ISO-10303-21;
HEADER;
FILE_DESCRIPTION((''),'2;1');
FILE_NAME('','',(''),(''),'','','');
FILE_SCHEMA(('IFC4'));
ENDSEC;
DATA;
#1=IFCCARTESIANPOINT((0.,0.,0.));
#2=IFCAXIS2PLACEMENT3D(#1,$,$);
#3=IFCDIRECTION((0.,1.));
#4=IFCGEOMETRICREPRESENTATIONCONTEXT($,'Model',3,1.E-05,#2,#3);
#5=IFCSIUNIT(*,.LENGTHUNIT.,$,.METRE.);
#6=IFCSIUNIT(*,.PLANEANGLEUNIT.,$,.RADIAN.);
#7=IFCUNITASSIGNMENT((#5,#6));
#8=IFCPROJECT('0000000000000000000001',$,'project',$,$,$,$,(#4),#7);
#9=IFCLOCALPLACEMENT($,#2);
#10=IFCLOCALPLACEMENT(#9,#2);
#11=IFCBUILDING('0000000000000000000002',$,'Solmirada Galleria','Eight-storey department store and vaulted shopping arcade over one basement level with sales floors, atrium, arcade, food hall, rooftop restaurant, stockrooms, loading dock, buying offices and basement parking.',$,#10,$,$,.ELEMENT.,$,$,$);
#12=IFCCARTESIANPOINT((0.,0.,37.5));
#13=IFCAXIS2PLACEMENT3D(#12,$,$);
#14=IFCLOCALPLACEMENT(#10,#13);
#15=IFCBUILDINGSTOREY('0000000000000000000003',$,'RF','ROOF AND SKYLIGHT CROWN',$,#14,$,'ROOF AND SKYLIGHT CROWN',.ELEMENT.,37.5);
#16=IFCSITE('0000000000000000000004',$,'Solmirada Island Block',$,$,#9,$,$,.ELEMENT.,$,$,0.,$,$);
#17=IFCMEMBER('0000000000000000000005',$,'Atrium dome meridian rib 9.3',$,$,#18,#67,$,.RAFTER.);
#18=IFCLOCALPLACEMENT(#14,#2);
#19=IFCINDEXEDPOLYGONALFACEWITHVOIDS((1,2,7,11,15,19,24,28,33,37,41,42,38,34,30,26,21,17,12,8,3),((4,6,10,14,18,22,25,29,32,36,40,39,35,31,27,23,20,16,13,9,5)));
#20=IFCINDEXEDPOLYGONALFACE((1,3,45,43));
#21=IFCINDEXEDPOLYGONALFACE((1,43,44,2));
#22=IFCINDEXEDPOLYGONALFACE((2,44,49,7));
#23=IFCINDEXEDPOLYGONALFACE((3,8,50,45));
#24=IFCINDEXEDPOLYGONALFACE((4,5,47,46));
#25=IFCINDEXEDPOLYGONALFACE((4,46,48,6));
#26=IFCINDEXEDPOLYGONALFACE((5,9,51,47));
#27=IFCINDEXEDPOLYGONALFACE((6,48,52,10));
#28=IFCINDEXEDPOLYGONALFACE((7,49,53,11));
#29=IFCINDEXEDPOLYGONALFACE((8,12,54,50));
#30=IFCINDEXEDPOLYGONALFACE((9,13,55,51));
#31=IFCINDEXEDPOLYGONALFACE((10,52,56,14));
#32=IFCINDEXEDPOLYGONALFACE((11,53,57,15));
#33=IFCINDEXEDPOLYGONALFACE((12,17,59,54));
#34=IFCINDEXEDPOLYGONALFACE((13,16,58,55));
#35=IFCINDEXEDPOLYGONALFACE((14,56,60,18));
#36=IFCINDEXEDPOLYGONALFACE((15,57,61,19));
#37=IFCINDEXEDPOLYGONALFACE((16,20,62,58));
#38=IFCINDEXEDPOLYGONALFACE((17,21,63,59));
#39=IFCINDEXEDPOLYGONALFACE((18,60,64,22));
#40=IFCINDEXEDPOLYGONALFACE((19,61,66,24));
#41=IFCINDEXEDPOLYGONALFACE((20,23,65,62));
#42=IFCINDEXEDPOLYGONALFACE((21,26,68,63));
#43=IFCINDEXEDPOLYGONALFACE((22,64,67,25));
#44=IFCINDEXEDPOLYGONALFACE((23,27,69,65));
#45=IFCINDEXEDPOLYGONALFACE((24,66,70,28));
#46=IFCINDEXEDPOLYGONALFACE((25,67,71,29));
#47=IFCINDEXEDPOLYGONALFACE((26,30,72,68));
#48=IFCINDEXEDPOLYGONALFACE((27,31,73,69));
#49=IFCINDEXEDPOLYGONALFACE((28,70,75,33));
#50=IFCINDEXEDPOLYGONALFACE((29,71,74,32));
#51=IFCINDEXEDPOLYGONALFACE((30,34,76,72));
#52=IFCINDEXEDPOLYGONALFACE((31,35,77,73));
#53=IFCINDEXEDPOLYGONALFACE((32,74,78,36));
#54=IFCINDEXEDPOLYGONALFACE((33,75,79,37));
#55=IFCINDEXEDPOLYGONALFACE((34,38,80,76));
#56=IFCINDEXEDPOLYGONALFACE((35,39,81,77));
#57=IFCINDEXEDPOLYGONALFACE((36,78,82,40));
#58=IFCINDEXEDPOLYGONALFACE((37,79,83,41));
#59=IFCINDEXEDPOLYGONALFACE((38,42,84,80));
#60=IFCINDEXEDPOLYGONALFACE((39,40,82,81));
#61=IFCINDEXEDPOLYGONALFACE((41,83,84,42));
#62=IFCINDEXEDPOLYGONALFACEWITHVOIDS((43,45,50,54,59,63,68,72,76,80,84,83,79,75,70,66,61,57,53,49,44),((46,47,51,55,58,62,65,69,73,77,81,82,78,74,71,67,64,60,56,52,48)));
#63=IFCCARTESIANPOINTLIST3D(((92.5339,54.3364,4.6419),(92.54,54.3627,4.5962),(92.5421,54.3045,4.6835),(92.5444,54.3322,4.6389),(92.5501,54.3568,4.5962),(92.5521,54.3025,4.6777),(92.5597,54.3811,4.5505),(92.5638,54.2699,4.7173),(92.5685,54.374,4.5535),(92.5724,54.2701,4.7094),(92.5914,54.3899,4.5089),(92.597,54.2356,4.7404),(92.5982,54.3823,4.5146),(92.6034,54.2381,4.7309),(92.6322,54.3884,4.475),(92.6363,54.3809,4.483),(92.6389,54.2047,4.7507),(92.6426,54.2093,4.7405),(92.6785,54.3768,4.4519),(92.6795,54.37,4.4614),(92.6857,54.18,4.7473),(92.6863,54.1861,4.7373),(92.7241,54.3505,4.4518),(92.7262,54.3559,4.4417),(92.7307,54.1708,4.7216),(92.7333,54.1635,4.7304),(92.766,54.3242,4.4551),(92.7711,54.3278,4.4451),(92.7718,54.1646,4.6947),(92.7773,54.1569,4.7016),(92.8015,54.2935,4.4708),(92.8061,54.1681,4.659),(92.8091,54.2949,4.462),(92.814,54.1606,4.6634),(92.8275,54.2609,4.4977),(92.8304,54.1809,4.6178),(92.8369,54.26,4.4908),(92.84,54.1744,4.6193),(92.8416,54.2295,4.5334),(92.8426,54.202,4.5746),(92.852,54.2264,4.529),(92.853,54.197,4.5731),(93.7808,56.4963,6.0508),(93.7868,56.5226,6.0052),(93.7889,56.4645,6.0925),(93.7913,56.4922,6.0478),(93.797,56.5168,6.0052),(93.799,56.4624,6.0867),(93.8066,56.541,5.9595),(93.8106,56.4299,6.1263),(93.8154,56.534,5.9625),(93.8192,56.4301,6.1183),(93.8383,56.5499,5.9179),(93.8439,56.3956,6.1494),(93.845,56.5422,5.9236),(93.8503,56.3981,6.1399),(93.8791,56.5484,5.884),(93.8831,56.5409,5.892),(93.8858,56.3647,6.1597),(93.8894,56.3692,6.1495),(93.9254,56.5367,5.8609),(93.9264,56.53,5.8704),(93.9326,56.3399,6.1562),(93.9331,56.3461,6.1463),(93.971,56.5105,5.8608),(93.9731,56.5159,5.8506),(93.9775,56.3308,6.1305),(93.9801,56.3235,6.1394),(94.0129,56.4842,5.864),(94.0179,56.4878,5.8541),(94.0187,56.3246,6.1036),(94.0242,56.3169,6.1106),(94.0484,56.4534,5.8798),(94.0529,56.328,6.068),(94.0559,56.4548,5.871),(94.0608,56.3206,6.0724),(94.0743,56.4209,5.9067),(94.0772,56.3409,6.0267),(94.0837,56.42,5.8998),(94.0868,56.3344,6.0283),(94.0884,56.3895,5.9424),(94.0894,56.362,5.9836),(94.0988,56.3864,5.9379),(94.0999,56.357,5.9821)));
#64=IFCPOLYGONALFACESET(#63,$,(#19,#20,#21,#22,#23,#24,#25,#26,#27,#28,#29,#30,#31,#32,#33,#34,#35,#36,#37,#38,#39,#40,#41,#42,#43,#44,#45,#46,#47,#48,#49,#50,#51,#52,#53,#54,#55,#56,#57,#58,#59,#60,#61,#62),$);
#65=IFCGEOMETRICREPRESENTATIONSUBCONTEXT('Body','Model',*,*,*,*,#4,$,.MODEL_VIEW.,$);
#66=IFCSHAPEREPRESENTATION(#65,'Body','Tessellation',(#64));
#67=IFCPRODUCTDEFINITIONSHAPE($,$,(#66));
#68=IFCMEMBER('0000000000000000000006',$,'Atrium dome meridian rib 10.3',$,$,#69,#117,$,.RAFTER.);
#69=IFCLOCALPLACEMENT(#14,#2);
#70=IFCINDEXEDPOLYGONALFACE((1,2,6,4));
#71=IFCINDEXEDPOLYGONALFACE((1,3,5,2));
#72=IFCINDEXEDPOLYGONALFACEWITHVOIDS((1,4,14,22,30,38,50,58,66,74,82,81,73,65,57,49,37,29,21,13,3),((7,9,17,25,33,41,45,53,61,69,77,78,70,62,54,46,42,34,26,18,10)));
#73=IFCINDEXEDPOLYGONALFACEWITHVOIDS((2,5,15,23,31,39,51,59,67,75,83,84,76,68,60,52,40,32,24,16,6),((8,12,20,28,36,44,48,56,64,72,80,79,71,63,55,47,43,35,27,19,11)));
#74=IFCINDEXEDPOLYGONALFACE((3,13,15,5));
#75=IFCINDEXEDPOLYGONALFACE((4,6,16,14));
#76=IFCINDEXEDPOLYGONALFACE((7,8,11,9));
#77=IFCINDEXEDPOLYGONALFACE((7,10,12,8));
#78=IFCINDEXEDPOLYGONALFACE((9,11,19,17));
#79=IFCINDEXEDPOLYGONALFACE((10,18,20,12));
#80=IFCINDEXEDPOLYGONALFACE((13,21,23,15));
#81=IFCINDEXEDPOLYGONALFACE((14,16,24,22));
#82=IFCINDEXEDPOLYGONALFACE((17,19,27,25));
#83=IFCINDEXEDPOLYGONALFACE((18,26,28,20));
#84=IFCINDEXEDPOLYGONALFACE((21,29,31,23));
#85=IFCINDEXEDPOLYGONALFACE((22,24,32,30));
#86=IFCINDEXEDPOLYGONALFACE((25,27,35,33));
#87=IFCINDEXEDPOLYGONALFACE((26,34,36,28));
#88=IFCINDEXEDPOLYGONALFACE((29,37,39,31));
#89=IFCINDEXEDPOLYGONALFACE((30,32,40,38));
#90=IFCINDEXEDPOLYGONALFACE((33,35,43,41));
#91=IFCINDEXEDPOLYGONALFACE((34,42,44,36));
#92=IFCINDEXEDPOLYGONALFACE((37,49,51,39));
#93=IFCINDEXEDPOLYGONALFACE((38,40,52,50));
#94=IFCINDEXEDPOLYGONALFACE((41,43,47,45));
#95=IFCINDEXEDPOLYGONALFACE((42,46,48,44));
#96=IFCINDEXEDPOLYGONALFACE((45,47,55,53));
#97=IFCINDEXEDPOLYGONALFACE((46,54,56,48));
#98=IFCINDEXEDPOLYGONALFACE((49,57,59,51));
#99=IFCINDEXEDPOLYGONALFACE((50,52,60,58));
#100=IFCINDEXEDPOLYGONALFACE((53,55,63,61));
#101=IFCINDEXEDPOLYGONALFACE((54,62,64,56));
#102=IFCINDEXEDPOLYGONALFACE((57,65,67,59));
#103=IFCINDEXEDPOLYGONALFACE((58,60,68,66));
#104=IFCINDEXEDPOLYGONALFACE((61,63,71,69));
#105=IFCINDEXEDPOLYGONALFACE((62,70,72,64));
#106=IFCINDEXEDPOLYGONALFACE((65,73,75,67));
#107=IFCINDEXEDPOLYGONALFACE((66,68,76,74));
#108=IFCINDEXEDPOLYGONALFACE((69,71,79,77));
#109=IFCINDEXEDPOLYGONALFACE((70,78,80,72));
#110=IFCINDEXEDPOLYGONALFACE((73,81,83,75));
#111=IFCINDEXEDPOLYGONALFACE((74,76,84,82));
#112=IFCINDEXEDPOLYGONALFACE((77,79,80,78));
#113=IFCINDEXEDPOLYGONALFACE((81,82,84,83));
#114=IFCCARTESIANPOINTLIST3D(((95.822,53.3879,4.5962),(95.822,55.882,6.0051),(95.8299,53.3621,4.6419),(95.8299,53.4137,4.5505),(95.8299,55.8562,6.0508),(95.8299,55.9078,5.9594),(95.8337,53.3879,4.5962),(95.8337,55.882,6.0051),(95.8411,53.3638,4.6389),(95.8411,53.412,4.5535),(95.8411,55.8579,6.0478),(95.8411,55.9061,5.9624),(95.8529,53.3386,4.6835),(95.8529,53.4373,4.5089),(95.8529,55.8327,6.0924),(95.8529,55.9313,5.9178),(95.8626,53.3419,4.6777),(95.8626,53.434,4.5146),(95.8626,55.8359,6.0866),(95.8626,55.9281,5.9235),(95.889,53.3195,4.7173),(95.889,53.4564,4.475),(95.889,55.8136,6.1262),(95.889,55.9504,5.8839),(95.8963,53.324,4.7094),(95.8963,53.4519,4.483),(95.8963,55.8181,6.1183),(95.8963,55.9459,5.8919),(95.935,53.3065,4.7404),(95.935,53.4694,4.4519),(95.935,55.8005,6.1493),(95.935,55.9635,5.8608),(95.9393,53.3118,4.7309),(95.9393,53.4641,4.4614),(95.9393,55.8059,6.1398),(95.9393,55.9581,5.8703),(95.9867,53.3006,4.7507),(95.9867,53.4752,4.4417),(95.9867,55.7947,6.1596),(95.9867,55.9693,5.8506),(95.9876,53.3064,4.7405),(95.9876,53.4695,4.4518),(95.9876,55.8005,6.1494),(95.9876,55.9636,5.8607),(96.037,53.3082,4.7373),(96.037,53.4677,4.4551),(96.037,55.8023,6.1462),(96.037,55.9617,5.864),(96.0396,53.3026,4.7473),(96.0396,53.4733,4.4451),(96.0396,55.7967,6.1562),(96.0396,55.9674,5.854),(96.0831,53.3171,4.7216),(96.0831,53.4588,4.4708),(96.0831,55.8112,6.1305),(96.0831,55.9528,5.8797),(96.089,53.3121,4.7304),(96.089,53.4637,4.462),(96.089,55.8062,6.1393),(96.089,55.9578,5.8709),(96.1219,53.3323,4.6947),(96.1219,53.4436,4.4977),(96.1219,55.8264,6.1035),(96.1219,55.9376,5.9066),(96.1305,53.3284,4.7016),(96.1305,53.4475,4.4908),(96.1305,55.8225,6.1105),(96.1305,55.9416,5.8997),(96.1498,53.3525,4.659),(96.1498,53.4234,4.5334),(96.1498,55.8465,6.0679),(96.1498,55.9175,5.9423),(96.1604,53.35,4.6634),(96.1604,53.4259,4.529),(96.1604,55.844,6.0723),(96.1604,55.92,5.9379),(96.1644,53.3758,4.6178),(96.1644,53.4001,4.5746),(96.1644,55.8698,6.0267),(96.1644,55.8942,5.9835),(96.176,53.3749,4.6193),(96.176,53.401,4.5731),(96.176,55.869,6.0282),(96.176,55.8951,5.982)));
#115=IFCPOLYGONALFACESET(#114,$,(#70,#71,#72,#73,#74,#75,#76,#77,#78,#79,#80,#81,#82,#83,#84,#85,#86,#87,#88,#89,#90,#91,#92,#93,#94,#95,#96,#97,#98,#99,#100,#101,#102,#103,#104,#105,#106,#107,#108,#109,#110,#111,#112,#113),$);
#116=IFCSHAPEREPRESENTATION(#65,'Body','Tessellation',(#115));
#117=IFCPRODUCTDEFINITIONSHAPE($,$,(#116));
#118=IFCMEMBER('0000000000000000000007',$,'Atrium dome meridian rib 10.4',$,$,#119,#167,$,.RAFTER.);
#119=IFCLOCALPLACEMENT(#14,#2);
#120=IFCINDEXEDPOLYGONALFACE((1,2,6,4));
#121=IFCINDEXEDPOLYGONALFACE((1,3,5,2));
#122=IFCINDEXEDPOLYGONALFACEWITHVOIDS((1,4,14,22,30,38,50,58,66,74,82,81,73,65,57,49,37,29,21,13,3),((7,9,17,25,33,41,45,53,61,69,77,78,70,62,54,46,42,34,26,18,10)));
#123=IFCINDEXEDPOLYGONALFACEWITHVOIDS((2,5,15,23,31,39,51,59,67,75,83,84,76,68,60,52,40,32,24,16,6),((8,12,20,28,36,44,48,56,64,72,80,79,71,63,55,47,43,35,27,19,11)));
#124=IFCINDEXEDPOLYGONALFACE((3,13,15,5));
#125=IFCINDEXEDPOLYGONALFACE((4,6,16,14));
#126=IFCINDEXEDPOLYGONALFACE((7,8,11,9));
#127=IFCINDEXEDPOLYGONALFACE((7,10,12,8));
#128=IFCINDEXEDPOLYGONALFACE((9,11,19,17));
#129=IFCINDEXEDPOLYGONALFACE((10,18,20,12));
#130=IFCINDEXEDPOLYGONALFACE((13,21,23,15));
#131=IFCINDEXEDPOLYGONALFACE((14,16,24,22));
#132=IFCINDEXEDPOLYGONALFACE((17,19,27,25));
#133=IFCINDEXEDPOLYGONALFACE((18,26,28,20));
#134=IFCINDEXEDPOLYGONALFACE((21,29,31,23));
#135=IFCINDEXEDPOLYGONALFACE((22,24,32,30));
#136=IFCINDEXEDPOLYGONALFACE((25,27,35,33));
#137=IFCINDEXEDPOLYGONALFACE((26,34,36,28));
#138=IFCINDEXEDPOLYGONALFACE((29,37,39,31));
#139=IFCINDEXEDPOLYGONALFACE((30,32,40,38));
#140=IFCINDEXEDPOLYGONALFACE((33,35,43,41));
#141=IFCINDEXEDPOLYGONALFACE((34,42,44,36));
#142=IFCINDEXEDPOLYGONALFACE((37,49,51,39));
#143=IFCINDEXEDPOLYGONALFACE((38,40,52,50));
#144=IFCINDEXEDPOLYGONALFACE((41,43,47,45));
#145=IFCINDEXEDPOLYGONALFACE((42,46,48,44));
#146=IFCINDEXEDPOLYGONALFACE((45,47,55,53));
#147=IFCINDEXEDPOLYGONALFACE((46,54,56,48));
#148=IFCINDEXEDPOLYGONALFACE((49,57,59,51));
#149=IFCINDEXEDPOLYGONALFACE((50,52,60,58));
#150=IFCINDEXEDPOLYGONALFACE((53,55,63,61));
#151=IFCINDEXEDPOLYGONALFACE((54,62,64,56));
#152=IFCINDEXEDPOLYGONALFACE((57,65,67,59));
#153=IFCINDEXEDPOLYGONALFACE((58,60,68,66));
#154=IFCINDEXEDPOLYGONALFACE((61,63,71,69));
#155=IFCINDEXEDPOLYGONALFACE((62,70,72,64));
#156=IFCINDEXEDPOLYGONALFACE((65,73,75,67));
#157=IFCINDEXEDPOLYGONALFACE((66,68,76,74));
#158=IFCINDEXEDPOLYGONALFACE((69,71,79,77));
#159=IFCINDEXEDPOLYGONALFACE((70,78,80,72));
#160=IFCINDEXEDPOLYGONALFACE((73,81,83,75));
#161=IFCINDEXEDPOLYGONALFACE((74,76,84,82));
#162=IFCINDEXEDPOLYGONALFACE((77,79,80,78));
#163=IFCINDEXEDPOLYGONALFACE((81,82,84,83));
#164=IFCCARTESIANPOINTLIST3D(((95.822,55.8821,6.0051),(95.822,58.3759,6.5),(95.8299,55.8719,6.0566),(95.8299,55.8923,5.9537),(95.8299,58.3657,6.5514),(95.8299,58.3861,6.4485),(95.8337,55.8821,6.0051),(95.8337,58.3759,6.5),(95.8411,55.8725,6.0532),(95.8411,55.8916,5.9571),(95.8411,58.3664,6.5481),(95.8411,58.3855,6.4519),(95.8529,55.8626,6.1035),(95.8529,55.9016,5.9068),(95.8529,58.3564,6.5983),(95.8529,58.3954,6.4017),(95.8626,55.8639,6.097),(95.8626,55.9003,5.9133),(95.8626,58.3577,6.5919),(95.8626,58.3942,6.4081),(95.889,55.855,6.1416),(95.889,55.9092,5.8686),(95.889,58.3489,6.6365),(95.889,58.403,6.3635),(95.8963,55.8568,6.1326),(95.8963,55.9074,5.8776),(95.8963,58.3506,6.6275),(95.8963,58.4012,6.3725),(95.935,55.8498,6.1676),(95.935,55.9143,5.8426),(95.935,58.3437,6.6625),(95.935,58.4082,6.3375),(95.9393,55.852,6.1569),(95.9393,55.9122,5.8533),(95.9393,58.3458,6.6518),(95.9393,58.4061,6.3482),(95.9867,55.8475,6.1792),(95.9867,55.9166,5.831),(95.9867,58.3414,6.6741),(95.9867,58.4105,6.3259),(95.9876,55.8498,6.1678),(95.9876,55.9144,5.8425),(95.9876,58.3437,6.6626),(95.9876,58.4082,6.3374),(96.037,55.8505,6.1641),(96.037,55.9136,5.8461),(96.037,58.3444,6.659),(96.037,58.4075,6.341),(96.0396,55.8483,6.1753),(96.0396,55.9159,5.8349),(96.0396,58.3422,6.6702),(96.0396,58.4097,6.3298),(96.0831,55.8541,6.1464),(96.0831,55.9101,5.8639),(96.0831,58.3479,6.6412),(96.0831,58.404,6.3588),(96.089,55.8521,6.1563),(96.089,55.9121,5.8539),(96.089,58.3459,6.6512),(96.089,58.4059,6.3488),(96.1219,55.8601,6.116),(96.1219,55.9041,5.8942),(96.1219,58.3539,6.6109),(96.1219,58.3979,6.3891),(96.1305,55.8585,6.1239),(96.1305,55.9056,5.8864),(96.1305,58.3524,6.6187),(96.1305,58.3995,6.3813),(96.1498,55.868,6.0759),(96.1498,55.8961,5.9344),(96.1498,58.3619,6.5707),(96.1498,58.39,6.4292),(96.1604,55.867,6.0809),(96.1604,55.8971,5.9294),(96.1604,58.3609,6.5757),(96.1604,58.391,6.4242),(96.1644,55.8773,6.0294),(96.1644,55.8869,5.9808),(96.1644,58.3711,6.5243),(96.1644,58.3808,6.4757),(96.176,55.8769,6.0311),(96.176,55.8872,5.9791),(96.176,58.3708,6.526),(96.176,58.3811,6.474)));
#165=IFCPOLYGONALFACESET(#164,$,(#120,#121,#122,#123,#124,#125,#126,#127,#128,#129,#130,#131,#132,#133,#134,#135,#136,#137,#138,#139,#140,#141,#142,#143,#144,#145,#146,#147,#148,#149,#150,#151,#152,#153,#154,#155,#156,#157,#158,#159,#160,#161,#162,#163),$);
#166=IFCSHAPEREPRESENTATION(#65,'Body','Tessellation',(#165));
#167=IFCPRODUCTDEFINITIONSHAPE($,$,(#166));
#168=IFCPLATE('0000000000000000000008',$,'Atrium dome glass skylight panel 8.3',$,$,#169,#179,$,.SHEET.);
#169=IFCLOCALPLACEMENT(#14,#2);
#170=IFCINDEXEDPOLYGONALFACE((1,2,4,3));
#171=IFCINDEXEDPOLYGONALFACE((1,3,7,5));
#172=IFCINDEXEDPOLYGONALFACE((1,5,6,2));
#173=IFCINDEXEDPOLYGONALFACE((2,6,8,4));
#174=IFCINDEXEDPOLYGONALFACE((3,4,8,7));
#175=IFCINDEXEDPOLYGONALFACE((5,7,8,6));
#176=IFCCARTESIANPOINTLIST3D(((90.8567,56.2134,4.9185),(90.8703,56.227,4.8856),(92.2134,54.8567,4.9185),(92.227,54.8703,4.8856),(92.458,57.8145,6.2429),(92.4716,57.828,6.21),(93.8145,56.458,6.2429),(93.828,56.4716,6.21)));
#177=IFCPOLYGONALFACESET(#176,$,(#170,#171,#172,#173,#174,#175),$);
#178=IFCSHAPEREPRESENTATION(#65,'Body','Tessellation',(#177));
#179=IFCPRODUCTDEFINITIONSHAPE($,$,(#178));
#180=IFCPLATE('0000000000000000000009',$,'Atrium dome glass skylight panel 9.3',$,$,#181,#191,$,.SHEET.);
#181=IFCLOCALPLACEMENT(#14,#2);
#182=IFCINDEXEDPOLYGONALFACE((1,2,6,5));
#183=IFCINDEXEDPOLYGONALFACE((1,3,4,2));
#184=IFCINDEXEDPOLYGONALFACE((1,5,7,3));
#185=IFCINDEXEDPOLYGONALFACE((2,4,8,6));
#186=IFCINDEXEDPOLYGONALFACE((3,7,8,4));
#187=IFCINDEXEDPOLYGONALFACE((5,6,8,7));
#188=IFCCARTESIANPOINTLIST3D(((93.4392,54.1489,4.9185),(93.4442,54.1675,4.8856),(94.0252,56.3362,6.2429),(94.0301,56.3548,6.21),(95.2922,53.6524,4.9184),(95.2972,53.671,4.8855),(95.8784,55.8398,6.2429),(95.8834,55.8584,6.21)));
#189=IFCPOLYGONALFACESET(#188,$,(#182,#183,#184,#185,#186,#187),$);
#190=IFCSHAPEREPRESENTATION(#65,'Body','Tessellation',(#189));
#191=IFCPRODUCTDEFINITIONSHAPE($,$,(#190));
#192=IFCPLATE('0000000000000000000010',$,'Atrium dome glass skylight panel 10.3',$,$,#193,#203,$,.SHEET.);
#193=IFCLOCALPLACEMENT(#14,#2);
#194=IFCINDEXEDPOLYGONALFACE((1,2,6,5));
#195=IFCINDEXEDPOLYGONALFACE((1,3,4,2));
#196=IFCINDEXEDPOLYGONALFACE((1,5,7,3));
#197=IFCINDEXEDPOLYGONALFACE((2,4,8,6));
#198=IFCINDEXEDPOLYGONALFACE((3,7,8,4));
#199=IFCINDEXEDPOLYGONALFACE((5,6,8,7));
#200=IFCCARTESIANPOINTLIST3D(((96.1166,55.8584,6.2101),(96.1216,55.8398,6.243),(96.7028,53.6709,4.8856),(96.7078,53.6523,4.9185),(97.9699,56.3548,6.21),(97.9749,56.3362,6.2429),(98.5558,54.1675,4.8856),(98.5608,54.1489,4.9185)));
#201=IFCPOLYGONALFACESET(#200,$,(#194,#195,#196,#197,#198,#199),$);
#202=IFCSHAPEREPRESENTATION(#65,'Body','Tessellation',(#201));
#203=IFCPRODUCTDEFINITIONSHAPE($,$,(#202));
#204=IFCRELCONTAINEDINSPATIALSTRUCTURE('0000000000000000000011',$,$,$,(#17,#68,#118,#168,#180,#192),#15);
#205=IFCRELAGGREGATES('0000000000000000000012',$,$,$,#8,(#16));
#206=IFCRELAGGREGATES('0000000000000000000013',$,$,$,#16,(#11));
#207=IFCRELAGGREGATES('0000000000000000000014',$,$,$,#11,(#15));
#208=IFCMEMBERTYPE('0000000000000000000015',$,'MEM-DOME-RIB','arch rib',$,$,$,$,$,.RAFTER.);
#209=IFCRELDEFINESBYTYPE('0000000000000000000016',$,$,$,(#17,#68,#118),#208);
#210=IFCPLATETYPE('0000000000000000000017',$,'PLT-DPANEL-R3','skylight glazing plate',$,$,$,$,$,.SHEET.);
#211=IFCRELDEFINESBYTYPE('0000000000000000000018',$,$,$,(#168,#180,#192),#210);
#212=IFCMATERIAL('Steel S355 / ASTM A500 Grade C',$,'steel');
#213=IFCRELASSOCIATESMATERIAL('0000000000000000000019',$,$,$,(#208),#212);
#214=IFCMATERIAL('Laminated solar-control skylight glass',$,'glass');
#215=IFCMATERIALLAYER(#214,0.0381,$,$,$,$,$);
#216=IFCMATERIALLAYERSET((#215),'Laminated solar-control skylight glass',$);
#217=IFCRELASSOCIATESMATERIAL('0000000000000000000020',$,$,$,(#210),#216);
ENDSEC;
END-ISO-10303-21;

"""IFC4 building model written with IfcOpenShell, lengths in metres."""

from ifc_helpers import new_model, si_unit, direction, frame, origin, origin_2d, place, context, subcontext, project, spatial, polyline, hollow_circle, outline, extrude, material, layer, layer_set, material_profile, profile_set, type_object, element, save


model = new_model("IFC4")

# Units and contexts
model_context = context("Model", 3, precision=1e-05, world=origin(), true_north=direction((0.0, 1.0)))
body_context = subcontext(model_context, "Body", "Model", "MODEL_VIEW")
ifc_project = project(units=[si_unit("LENGTHUNIT", "METRE"), si_unit("PLANEANGLEUNIT", "RADIAN")], contexts=[model_context])

# Site, building, storey
site_placement = place(None, origin())
site = spatial("IfcSite", under=ifc_project, at=site_placement, Name="Solmirada Island Block", CompositionType="ELEMENT", RefElevation=0.0)
building_placement = place(site_placement, origin())
building = spatial("IfcBuilding", under=site, at=building_placement, Name="Solmirada Galleria", Description="Eight-storey department store and vaulted shopping arcade over one basement level with sales floors, atrium, arcade, food hall, rooftop restaurant, stockrooms, loading dock, buying offices and basement parking.", CompositionType="ELEMENT")
storey_placement = place(building_placement, frame((0.0, 0.0, 37.5)))
storey = spatial("IfcBuildingStorey", under=building, at=storey_placement, Name="RF", Description="ROOF AND SKYLIGHT CROWN", LongName="ROOF AND SKYLIGHT CROWN", CompositionType="ELEMENT", Elevation=37.5)

# Members
ifc_material_1 = material(Name="Steel S355 / ASTM A500 Grade C", Category="steel")
ifc_material_profile_1 = material_profile(ifc_material_1, hollow_circle(Radius=0.178, WallThickness=0.0117, at=origin_2d()), Name="HSS14.000X0.500")
ifc_profile_set_1 = profile_set([ifc_material_profile_1], Name="Steel S355 / ASTM A500 Grade C")
member_type_1 = type_object("IfcMemberType", Name="MEM-DOME-RIB", Description="arch rib", PredefinedType="RAFTER", material=ifc_profile_set_1)
for number, where, z_axis, x_axis, name in (
    (1, (92.6941, 54.2737, 4.5962), (0.435281, 0.754049, 0.491875), (-0.86606, 0.49994, 0.0), "Atrium dome meridian rib 9.3"),
    (2, (96.0, 53.3879, 4.5962), (0.0, 0.870682, 0.491847), (-1.0, 0.0, 0.0), "Atrium dome meridian rib 10.3"),
):
    element("IfcMember", number, at=place(storey_placement, frame(where, z_axis=z_axis, x_axis=x_axis)), inside=storey, type_object=member_type_1, Name=name, PredefinedType="RAFTER", context=body_context, shape_type="SweptSolid", body=[
        extrude(hollow_circle(Radius=0.178, WallThickness=0.0117, at=origin_2d()), origin(), (0.0, 0.0, 1.0), 2.8645),
    ])
member_1_placement = place(storey_placement, frame((96.0, 55.8821, 6.0051), z_axis=(0.0, 0.980875, 0.194639), x_axis=(-1.0, 0.0, 0.0)))
element("IfcMember", 3, at=member_1_placement, inside=storey, type_object=member_type_1, Name="Atrium dome meridian rib 10.4", PredefinedType="RAFTER", context=body_context, shape_type="SweptSolid", body=[
    extrude(hollow_circle(Radius=0.178, WallThickness=0.0117, at=origin_2d()), origin(), (0.0, 0.0, 1.0), 2.5425),
])

# Plates
ifc_material_2 = material(Name="Laminated solar-control skylight glass", Category="glass")
ifc_layer_1 = layer(ifc_material_2, 0.0381)
ifc_layer_set_1 = layer_set([ifc_layer_1], Name="Laminated solar-control skylight glass")
plate_type_1 = type_object("IfcPlateType", Name="PLT-DPANEL-R3", Description="skylight glazing plate", PredefinedType="SHEET", material=ifc_layer_set_1)
plate_1_placement = place(storey_placement, frame((90.8567, 56.2134, 4.9185), z_axis=(-0.357003, -0.357003, 0.86319), x_axis=(0.707107, -0.707107, 0.0)))
element("IfcPlate", 4, at=plate_1_placement, inside=storey, type_object=plate_type_1, Name="Atrium dome glass skylight panel 8.3", PredefinedType="SHEET", context=body_context, shape_type="SweptSolid", body=[
    extrude(outline(polyline([(0.0, 0.0), (1.9186, 0.0), (1.9185, 2.6233), (0.0002, 2.6233), (0.0, 0.0)])), origin(), (0.0, 0.0, -1.0), 0.0381),
])
plate_2_placement = place(storey_placement, frame((93.4392, 54.1489, 4.9185), z_axis=(-0.130646, -0.487666, 0.8632), x_axis=(0.965923, -0.258831, -0.000034)))
element("IfcPlate", 5, at=plate_2_placement, inside=storey, type_object=plate_type_1, Name="Atrium dome glass skylight panel 9.3", PredefinedType="SHEET", context=body_context, shape_type="SweptSolid", body=[
    extrude(outline(polyline([(0.0, 0.0), (1.9184, 0.0), (1.9184, 2.6235), (-0.0002, 2.6233), (0.0, 0.0)])), origin(), (0.0, 0.0, -1.0), 0.0381),
])
plate_3_placement = place(storey_placement, frame((96.7078, 53.6523, 4.9185), z_axis=(0.130646, -0.487666, 0.8632), x_axis=(0.965923, 0.258831, 0.000034)))
element("IfcPlate", 6, at=plate_3_placement, inside=storey, type_object=plate_type_1, Name="Atrium dome glass skylight panel 10.3", PredefinedType="SHEET", context=body_context, shape_type="SweptSolid", body=[
    extrude(outline(polyline([(0.0, 0.0), (1.9184, 0.0), (1.9186, 2.6233), (0.0, 2.6235), (0.0, 0.0)])), origin(), (0.0, 0.0, -1.0), 0.0381),
])

save(model, "model.ifc")
